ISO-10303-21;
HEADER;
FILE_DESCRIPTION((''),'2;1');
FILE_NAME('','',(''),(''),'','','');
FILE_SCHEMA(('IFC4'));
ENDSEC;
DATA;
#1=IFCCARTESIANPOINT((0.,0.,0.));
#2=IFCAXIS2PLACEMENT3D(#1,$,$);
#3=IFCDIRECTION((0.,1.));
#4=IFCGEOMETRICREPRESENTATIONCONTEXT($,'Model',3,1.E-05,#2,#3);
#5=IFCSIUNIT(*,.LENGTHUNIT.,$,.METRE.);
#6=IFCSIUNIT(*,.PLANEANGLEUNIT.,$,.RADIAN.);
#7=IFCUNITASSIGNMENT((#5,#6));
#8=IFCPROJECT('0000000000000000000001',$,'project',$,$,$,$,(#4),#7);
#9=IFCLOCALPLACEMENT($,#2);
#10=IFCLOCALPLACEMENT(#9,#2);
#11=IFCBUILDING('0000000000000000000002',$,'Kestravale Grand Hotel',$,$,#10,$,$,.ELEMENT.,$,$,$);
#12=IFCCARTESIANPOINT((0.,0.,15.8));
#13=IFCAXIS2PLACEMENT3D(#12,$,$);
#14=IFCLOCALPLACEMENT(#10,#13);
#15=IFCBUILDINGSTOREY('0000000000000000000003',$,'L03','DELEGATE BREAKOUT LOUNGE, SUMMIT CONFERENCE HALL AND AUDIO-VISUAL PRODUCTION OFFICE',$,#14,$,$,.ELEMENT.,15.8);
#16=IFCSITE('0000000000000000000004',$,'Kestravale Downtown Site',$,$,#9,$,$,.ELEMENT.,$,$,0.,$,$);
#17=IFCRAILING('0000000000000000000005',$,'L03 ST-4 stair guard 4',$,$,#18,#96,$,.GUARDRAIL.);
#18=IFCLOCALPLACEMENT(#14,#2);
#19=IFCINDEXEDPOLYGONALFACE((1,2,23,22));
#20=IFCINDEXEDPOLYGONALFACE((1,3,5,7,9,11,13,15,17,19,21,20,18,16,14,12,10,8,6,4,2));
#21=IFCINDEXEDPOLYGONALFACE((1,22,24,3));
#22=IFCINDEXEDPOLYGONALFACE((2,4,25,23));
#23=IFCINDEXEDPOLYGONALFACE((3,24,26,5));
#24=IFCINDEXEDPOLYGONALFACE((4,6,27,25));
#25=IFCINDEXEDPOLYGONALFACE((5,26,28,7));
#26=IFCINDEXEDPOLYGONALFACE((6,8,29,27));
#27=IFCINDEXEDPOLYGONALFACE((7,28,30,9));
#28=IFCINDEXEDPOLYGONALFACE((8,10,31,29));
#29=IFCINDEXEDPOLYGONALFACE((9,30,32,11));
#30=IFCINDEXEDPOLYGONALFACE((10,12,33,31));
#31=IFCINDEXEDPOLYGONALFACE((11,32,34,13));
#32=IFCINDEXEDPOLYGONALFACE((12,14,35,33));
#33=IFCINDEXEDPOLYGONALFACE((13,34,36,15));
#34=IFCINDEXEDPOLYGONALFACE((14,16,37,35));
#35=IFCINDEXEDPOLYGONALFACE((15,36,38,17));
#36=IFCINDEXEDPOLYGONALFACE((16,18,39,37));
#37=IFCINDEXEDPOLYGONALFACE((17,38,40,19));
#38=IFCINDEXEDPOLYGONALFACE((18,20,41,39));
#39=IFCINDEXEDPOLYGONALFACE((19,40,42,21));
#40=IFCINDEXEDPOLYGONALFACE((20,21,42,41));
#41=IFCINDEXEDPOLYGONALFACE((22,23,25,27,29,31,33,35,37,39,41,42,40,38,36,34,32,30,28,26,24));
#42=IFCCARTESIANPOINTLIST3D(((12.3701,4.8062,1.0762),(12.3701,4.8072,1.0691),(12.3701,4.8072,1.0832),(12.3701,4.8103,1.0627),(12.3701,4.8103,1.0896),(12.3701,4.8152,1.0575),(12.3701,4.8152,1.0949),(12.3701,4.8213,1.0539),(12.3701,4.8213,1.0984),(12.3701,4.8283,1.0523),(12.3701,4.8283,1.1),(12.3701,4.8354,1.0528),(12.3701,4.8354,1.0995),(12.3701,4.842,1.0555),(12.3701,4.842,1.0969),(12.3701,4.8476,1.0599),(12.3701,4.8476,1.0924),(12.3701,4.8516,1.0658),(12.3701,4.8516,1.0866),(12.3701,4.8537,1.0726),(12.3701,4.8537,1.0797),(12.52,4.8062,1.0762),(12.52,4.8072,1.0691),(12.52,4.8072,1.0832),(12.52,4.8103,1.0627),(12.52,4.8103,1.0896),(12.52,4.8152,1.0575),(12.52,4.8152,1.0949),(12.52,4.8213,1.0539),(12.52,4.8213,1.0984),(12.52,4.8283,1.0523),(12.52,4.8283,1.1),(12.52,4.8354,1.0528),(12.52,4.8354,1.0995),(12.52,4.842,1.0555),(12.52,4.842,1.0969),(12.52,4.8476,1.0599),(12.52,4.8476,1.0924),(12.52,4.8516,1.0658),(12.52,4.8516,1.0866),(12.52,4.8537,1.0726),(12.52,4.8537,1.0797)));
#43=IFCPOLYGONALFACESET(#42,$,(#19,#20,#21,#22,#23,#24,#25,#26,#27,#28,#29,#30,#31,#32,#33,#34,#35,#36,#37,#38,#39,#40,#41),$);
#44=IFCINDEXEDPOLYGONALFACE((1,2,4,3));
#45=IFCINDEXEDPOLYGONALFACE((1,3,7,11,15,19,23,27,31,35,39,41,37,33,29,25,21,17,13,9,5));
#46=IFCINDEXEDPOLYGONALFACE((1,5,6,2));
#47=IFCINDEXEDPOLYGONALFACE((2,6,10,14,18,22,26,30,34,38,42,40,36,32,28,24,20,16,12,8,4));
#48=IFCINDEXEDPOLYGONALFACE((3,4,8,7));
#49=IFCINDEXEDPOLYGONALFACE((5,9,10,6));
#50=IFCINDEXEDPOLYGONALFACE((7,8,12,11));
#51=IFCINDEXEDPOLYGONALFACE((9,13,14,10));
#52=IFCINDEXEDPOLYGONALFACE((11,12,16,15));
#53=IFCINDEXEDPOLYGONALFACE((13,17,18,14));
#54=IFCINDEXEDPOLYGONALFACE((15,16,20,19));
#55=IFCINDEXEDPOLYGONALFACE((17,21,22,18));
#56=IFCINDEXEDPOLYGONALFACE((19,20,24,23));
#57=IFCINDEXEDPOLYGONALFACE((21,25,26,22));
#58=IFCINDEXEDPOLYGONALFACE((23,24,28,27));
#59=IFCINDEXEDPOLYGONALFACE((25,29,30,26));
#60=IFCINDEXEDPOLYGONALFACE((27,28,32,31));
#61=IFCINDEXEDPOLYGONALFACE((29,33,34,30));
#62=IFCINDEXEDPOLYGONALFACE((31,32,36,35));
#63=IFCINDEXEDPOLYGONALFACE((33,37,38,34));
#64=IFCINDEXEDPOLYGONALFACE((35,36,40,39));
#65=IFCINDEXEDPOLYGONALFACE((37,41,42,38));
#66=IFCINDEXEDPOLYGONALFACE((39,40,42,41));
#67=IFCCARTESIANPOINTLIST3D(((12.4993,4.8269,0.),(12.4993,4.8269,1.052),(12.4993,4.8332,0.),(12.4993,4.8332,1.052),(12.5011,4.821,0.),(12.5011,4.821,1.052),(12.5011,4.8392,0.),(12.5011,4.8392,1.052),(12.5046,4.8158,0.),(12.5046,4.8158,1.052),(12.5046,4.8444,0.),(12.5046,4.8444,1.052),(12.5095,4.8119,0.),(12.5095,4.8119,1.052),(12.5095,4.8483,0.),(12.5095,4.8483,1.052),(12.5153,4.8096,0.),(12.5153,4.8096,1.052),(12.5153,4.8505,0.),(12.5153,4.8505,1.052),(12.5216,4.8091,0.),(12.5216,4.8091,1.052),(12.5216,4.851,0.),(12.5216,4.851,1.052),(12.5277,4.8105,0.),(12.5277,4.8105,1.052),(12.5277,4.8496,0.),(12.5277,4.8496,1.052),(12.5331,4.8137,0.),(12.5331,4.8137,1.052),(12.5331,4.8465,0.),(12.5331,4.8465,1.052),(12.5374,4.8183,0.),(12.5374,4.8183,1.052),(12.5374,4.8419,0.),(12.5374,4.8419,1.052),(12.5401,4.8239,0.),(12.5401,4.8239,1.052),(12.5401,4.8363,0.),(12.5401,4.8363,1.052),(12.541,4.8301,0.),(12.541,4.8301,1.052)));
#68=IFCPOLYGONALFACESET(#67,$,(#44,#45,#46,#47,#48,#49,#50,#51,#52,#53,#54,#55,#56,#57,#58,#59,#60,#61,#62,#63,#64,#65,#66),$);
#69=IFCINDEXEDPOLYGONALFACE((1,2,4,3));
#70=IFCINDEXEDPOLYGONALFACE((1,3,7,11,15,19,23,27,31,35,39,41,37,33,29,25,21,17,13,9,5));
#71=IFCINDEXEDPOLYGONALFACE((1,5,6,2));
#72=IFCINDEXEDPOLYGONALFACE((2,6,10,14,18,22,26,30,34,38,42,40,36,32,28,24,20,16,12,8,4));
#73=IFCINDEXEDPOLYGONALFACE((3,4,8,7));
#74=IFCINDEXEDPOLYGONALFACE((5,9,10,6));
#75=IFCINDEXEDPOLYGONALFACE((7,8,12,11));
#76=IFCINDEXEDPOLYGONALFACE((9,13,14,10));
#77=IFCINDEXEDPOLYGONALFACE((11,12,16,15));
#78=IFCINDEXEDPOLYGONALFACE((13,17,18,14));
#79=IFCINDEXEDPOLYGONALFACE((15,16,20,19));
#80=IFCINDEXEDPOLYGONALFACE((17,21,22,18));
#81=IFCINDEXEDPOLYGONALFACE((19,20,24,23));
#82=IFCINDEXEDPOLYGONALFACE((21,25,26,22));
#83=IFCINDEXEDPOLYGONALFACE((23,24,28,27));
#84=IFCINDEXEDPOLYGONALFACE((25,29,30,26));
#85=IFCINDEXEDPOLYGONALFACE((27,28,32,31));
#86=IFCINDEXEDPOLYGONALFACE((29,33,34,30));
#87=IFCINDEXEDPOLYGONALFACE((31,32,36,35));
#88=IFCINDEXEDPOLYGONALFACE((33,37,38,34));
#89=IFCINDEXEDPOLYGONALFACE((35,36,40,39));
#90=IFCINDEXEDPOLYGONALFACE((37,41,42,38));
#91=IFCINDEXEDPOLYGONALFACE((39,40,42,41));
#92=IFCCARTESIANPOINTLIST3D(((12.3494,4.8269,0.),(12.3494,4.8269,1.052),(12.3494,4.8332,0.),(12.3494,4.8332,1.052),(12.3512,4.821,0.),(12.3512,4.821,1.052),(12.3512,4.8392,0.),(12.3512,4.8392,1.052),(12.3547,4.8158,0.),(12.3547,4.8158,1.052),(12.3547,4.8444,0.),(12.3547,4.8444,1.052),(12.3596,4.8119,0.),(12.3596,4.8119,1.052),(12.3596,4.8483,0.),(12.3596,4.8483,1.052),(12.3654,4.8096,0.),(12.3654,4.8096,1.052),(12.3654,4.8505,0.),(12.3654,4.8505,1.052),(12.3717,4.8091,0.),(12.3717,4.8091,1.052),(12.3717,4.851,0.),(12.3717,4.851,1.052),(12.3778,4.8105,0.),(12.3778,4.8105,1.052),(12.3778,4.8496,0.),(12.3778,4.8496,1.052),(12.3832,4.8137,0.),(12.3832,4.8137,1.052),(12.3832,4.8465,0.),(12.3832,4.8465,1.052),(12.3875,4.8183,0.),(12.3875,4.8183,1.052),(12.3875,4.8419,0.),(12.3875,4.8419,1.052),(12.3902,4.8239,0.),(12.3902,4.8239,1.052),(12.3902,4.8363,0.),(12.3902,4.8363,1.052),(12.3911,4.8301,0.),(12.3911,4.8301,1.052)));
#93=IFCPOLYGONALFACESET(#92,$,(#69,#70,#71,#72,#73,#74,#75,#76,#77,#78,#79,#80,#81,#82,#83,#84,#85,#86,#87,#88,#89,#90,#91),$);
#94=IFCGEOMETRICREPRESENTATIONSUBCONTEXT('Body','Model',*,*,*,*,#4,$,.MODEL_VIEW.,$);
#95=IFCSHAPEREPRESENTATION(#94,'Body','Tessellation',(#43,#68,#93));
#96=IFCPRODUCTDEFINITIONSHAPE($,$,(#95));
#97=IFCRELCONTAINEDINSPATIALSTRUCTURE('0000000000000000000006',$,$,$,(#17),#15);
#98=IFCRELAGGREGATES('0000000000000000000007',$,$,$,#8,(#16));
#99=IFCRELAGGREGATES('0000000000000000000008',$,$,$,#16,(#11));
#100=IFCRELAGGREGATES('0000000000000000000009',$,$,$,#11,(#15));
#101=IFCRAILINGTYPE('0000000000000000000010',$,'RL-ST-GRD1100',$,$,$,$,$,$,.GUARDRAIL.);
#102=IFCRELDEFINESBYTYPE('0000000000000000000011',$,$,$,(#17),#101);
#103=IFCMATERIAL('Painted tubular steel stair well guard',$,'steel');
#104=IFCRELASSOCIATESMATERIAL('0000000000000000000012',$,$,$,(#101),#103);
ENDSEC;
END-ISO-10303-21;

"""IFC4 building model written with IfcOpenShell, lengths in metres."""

from ifc_helpers import new_model, si_unit, direction, frame, origin, origin_2d, place, context, subcontext, project, spatial, circle, extrude, material, type_object, element, save


model = new_model("IFC4")

# Units and contexts
model_context = context("Model", 3, precision=1e-05, world=origin(), true_north=direction((0.0, 1.0)))
body_context = subcontext(model_context, "Body", "Model", "MODEL_VIEW")
ifc_project = project(units=[si_unit("LENGTHUNIT", "METRE"), si_unit("PLANEANGLEUNIT", "RADIAN")], contexts=[model_context])

# Site, building, storey
site_placement = place(None, origin())
site = spatial("IfcSite", under=ifc_project, at=site_placement, Name="Kestravale Downtown Site", CompositionType="ELEMENT", RefElevation=0.0)
building_placement = place(site_placement, origin())
building = spatial("IfcBuilding", under=site, at=building_placement, Name="Kestravale Grand Hotel", CompositionType="ELEMENT")
storey_placement = place(building_placement, frame((0.0, 0.0, 15.8)))
storey = spatial("IfcBuildingStorey", under=building, at=storey_placement, Name="L03", Description="DELEGATE BREAKOUT LOUNGE, SUMMIT CONFERENCE HALL AND AUDIO-VISUAL PRODUCTION OFFICE", CompositionType="ELEMENT", Elevation=15.8)

# Railing
ifc_material_1 = material(Name="Painted tubular steel stair well guard", Category="steel")
railing_type_1 = type_object("IfcRailingType", Name="RL-ST-GRD1100", PredefinedType="GUARDRAIL", material=ifc_material_1)
railing_1_placement = place(storey_placement, frame((12.52, 4.8301, 0.0)))
element("IfcRailing", 1, at=railing_1_placement, inside=storey, type_object=railing_type_1, Name="L03 ST-4 stair guard 4", PredefinedType="GUARDRAIL", context=body_context, shape_type="SweptSolid", body=[
    extrude(circle(Radius=0.0239, at=origin_2d()), frame((0.0, 0.0, 1.0762), z_axis=(-1.0, 0.0, 0.0), x_axis=(0.0, -1.0, 0.0)), (0.0, 0.0, 1.0), 0.1499),
    extrude(circle(Radius=0.021, at=origin_2d()), origin(), (0.0, 0.0, 1.0), 1.052),
    extrude(circle(Radius=0.021, at=origin_2d()), frame((-0.1499, 0.0, 0.0)), (0.0, 0.0, 1.0), 1.052),
])

save(model, "model.ifc")
